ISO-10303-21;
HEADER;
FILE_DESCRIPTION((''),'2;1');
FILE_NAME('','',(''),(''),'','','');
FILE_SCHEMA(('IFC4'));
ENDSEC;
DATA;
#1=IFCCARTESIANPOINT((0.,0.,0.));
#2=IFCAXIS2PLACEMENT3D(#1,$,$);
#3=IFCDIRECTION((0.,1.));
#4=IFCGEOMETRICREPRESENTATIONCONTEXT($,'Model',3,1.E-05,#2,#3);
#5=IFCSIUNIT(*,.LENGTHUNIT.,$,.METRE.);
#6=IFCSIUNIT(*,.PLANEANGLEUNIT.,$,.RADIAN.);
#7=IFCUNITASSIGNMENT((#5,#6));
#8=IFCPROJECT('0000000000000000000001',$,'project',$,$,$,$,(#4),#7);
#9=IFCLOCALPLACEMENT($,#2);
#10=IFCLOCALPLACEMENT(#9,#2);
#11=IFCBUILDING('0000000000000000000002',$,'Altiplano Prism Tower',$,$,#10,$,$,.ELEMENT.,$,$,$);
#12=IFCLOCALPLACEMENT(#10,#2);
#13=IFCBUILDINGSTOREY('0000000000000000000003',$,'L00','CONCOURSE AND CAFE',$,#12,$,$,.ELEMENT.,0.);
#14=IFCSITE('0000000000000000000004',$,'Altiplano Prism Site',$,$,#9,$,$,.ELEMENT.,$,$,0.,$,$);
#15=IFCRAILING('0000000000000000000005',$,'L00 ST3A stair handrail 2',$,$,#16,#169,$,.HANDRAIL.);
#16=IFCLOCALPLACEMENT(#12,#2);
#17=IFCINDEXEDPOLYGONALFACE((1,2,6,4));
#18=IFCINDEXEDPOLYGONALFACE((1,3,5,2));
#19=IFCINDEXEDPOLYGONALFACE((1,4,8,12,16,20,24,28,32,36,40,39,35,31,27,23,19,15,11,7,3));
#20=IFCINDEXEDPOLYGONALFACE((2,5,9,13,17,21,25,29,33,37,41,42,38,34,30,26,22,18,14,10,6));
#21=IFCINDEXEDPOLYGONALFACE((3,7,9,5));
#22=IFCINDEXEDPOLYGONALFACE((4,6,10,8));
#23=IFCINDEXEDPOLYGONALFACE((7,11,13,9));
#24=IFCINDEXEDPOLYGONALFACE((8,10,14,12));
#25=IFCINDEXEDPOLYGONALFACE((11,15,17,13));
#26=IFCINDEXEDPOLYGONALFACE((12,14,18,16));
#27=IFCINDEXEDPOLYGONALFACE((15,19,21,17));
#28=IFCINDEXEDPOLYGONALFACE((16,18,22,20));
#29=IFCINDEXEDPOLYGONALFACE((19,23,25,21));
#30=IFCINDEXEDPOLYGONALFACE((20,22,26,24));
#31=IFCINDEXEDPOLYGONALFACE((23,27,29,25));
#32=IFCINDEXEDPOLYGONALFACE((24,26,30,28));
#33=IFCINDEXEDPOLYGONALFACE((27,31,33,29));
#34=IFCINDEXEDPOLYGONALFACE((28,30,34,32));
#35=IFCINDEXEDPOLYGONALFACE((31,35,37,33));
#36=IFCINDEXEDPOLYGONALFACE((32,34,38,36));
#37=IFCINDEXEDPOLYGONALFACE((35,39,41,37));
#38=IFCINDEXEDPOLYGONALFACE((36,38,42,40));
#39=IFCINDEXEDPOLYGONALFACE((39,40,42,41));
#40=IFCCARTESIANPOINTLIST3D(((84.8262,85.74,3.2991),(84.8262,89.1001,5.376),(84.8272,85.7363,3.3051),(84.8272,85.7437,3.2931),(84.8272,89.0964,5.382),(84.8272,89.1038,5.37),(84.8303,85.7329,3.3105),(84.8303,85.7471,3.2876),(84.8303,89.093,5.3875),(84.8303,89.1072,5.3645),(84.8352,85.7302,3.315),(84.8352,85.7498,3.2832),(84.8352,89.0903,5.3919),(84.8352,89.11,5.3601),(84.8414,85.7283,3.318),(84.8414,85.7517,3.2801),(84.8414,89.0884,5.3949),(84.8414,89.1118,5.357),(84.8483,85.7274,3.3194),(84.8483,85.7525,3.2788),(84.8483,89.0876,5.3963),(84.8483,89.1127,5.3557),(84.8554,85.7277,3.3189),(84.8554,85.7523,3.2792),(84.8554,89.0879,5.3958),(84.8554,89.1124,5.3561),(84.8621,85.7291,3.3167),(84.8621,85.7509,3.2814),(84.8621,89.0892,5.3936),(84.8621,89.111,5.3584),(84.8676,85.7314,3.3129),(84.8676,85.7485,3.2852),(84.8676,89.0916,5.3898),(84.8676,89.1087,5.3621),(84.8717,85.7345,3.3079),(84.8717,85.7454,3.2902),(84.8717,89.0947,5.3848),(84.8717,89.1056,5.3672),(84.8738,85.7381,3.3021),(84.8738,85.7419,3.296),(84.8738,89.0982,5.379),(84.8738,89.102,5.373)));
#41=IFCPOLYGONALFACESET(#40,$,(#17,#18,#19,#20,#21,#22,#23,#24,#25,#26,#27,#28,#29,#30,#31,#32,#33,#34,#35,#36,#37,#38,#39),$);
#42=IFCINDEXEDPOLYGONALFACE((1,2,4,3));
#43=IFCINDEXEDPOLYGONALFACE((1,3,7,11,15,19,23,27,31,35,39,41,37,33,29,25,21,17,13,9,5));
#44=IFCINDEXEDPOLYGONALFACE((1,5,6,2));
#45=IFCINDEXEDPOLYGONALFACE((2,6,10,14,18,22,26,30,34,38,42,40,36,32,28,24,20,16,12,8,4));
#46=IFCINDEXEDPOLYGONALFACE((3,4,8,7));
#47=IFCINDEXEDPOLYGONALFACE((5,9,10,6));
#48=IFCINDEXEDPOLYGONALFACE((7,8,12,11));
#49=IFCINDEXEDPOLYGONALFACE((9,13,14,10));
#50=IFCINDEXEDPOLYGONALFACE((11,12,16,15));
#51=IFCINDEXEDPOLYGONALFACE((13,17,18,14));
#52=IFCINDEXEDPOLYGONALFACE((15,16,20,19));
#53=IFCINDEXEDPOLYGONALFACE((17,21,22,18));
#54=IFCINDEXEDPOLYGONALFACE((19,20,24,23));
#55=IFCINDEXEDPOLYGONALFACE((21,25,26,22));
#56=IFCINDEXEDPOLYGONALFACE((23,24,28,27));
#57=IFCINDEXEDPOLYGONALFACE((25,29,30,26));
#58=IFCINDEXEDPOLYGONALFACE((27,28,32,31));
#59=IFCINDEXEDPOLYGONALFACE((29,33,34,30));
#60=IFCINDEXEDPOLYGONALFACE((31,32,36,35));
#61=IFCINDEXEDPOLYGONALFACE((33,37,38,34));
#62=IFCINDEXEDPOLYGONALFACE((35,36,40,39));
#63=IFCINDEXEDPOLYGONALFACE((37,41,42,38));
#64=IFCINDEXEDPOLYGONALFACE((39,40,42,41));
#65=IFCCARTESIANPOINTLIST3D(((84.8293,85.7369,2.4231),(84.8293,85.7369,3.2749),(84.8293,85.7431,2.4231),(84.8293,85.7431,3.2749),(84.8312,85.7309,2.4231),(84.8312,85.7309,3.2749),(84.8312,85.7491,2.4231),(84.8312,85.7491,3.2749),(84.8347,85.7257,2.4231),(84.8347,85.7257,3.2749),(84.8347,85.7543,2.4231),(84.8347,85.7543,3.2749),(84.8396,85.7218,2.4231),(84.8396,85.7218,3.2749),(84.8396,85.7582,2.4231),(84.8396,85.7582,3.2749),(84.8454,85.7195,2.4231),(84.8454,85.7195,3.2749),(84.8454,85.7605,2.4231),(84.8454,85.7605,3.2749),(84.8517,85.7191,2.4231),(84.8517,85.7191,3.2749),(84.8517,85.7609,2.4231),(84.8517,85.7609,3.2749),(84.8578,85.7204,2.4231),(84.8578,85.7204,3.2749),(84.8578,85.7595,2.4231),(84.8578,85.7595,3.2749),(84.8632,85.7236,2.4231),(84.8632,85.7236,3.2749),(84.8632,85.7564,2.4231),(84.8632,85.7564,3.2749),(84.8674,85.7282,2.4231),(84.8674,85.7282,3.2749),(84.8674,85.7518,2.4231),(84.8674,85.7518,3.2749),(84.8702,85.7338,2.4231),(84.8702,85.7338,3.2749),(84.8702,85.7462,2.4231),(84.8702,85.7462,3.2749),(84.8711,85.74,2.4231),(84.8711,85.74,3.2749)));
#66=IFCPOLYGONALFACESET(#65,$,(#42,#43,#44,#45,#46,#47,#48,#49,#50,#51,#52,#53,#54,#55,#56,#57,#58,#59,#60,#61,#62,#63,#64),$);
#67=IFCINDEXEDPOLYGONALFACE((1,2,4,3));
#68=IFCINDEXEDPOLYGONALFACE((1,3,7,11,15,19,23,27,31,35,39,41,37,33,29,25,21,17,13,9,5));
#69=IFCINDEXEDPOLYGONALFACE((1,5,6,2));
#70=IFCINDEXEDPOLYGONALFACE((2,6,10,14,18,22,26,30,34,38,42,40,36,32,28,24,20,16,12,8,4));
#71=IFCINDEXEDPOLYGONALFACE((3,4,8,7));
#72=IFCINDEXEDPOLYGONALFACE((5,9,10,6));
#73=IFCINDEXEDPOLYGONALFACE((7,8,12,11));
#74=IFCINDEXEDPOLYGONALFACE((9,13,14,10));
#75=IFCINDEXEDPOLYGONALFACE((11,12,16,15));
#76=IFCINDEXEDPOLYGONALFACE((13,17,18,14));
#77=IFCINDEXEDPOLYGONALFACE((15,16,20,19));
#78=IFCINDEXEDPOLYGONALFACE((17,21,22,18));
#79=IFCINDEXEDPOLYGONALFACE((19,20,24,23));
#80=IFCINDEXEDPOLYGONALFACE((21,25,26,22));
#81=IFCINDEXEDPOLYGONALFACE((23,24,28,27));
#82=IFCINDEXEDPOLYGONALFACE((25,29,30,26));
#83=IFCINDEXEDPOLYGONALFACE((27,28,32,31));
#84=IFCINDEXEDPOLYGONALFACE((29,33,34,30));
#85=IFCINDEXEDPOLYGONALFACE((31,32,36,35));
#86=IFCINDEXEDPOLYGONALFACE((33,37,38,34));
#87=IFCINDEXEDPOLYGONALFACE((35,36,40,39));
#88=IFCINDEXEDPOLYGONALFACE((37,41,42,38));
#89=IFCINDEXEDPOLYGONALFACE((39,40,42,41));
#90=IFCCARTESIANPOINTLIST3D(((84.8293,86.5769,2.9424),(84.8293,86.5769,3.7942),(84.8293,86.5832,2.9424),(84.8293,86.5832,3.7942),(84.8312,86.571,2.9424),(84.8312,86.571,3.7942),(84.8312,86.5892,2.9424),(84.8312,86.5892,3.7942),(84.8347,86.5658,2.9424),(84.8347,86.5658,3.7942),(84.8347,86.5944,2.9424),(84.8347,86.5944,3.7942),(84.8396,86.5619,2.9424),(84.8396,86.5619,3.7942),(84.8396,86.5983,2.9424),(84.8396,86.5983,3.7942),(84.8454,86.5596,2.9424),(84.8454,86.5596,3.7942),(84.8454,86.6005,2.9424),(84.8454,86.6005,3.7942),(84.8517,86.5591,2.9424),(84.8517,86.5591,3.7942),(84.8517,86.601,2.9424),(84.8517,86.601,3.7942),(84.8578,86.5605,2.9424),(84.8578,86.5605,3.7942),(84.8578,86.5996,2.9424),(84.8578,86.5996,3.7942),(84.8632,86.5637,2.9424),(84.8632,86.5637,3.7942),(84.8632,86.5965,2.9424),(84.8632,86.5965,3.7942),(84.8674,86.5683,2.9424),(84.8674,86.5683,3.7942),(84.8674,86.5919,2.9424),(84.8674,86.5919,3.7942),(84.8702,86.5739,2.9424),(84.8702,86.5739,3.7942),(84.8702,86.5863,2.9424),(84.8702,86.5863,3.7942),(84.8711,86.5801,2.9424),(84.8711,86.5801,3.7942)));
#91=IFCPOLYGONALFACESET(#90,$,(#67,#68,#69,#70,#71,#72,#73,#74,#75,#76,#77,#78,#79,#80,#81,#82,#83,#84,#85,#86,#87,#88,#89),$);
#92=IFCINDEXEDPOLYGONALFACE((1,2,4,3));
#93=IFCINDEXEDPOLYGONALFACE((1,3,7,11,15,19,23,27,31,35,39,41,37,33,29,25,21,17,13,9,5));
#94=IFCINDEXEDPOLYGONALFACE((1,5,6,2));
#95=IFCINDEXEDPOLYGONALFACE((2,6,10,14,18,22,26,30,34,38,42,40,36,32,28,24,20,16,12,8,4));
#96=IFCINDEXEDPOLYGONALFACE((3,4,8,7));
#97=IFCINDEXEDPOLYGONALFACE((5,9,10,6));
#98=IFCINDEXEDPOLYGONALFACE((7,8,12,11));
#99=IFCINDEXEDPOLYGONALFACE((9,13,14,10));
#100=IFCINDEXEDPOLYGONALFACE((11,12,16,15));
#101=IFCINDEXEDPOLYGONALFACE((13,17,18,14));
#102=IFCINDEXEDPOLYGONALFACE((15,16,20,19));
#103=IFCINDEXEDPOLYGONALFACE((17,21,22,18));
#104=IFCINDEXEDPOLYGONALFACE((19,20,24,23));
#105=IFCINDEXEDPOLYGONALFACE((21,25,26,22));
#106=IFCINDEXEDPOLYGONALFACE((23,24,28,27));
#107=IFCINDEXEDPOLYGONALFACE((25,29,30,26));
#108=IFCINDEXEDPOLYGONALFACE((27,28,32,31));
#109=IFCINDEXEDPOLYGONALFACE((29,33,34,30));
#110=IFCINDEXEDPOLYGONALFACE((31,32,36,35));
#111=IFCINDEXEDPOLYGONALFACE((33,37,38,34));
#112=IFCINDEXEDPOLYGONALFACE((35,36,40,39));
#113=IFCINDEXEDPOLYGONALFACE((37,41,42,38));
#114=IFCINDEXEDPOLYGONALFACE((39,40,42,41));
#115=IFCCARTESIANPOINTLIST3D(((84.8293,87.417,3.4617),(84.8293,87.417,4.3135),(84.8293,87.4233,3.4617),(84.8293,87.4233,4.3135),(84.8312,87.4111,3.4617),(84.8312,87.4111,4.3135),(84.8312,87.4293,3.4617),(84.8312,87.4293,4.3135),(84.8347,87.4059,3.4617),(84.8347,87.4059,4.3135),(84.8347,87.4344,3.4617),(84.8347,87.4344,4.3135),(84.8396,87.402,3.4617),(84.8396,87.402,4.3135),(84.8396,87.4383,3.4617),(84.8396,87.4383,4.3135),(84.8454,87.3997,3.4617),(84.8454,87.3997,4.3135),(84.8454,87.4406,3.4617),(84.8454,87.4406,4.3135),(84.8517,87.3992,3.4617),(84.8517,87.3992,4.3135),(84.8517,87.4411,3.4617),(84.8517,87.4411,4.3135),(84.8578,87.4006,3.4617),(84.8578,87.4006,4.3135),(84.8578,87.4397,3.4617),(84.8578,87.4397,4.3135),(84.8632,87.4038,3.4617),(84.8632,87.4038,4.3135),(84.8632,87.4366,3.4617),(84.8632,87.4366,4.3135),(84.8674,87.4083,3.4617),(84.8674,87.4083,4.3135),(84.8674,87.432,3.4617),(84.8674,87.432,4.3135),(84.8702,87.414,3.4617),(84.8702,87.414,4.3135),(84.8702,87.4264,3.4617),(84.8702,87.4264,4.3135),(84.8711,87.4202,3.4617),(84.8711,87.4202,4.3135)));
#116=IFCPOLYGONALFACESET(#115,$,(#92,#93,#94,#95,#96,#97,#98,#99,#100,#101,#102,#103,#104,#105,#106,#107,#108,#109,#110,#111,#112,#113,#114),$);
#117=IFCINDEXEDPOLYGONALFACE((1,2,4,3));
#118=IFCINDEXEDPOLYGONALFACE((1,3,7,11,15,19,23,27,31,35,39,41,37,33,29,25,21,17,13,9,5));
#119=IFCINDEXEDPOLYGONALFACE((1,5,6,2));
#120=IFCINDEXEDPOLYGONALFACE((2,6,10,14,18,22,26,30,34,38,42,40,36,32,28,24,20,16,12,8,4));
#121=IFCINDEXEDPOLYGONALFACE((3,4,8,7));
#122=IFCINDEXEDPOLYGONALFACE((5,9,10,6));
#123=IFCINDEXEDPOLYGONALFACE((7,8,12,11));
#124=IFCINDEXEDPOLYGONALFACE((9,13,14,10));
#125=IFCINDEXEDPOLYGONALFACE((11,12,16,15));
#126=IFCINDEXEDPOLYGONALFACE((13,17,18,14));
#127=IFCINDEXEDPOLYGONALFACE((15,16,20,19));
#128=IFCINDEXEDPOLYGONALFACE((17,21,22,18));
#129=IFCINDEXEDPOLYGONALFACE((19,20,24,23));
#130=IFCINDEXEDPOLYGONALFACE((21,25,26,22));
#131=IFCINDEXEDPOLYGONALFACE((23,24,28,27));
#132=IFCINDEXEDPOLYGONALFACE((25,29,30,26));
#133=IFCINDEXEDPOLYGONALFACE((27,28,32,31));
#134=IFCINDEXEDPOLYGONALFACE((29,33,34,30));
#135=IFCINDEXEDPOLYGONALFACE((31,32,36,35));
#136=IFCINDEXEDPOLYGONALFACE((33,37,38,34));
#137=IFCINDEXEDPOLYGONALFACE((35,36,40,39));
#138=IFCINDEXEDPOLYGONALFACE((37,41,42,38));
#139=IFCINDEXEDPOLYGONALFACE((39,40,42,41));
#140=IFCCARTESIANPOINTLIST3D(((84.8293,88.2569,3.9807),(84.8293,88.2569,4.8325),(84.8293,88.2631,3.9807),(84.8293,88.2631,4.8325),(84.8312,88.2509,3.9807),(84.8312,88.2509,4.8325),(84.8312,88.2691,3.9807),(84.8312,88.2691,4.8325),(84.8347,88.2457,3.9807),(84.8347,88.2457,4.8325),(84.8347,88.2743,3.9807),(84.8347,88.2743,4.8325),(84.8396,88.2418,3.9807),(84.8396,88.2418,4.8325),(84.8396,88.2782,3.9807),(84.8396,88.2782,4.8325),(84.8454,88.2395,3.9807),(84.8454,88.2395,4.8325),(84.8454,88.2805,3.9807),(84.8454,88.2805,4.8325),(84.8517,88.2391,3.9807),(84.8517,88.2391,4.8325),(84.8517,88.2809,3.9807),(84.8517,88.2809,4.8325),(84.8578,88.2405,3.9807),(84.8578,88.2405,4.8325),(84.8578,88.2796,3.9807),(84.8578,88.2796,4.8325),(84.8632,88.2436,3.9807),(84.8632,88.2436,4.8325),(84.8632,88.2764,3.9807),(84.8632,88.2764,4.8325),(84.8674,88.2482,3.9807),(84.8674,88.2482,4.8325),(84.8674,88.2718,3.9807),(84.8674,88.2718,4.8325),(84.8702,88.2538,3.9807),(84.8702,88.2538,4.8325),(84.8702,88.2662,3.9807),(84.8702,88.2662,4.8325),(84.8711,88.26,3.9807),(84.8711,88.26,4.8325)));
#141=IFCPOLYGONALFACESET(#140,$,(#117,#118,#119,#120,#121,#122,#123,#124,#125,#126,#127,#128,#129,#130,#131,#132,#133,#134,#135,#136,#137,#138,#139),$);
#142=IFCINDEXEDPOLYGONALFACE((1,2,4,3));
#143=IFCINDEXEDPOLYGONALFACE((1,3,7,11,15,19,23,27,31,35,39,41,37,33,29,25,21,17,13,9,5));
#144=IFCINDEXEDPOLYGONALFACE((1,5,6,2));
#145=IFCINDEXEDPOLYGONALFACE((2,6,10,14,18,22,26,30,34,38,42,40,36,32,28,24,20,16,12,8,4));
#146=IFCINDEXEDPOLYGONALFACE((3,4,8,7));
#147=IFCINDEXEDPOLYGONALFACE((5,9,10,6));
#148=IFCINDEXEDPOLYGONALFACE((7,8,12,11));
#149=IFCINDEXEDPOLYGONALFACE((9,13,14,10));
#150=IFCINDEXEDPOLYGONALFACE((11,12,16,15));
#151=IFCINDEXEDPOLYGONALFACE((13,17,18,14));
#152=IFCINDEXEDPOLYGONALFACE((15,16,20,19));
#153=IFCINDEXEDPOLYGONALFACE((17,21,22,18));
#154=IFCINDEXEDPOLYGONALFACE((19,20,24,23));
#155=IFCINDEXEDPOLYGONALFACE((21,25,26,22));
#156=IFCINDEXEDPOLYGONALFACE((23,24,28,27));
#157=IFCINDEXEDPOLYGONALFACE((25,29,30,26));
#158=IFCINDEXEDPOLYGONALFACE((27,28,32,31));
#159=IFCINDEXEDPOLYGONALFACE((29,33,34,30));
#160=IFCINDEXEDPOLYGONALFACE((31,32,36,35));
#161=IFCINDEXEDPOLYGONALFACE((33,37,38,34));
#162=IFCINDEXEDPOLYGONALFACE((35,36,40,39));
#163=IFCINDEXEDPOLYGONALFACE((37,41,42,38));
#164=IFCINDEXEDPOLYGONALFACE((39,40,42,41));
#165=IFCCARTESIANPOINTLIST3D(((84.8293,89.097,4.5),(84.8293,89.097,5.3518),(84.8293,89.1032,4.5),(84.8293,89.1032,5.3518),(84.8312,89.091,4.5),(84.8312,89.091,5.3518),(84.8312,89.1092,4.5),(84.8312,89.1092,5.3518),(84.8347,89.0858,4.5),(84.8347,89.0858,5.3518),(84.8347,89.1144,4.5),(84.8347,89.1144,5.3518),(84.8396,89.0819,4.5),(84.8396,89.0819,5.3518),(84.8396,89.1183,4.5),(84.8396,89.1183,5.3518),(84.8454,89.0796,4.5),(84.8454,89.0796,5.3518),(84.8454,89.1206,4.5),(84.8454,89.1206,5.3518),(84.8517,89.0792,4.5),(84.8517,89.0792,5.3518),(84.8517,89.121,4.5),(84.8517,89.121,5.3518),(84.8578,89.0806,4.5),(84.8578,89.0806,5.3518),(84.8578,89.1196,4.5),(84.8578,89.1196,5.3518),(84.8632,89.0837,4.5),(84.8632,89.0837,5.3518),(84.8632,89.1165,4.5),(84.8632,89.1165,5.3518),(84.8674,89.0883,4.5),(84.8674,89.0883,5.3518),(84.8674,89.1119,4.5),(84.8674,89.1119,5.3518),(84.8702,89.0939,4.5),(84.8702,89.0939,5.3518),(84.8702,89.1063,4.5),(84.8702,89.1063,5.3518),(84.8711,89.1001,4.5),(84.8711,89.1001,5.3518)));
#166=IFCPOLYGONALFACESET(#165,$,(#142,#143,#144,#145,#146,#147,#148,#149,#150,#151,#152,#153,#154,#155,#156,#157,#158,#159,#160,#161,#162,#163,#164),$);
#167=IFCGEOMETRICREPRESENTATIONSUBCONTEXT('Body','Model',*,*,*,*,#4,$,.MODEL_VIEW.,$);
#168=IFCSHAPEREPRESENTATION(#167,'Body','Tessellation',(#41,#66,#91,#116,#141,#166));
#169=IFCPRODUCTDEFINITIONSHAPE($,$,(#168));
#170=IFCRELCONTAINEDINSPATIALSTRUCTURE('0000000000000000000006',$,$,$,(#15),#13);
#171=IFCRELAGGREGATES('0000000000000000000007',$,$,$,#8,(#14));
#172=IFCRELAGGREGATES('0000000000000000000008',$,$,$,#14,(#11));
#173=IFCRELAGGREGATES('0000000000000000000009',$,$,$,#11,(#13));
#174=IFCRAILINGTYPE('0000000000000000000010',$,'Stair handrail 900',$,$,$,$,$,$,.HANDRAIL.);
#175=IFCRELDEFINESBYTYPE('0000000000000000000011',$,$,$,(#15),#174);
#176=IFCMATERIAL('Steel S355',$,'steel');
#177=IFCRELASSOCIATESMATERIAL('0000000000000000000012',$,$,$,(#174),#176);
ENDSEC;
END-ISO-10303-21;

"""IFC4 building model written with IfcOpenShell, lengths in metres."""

from ifc_helpers import new_model, si_unit, direction, frame, origin, origin_2d, place, context, subcontext, project, spatial, circle, extrude, material, type_object, element, save


model = new_model("IFC4")

# Units and contexts
model_context = context("Model", 3, precision=1e-05, world=origin(), true_north=direction((0.0, 1.0)))
body_context = subcontext(model_context, "Body", "Model", "MODEL_VIEW")
ifc_project = project(units=[si_unit("LENGTHUNIT", "METRE"), si_unit("PLANEANGLEUNIT", "RADIAN")], contexts=[model_context])

# Site, building, storey
site_placement = place(None, origin())
site = spatial("IfcSite", under=ifc_project, at=site_placement, Name="Altiplano Prism Site", CompositionType="ELEMENT", RefElevation=0.0)
building_placement = place(site_placement, origin())
building = spatial("IfcBuilding", under=site, at=building_placement, Name="Altiplano Prism Tower", CompositionType="ELEMENT")
storey_placement = place(building_placement, origin())
storey = spatial("IfcBuildingStorey", under=building, at=storey_placement, Name="L00", Description="CONCOURSE AND CAFE", CompositionType="ELEMENT", Elevation=0.0)

# Railing
ifc_material_1 = material(Name="Steel S355", Category="steel")
railing_type_1 = type_object("IfcRailingType", Name="Stair handrail 900", PredefinedType="HANDRAIL", material=ifc_material_1)
for number, where, name in (
    (1, (84.8501, 85.74, 2.4231), "L00 ST3A stair handrail 2"),
):
    element("IfcRailing", number, at=place(storey_placement, frame(where)), inside=storey, type_object=railing_type_1, Name=name, PredefinedType="HANDRAIL", context=body_context, shape_type="SweptSolid", body=[
        extrude(circle(Radius=0.0239, at=origin_2d()), frame((0.0, 0.0, 0.876), z_axis=(0.0, 0.850623, 0.525776), x_axis=(-1.0, 0.0, 0.0)), (0.0, 0.0, 1.0), 3.9502),
        extrude(circle(Radius=0.021, at=origin_2d()), origin(), (0.0, 0.0, 1.0), 0.8518),
        extrude(circle(Radius=0.021, at=origin_2d()), frame((0.0, 0.8401, 0.5193)), (0.0, 0.0, 1.0), 0.8518),
        extrude(circle(Radius=0.021, at=origin_2d()), frame((0.0, 1.6802, 1.0386)), (0.0, 0.0, 1.0), 0.8518),
        extrude(circle(Radius=0.021, at=origin_2d()), frame((0.0, 2.52, 1.5576)), (0.0, 0.0, 1.0), 0.8518),
        extrude(circle(Radius=0.021, at=origin_2d()), frame((0.0, 3.3601, 2.0769)), (0.0, 0.0, 1.0), 0.8518),
    ])

save(model, "model.ifc")
